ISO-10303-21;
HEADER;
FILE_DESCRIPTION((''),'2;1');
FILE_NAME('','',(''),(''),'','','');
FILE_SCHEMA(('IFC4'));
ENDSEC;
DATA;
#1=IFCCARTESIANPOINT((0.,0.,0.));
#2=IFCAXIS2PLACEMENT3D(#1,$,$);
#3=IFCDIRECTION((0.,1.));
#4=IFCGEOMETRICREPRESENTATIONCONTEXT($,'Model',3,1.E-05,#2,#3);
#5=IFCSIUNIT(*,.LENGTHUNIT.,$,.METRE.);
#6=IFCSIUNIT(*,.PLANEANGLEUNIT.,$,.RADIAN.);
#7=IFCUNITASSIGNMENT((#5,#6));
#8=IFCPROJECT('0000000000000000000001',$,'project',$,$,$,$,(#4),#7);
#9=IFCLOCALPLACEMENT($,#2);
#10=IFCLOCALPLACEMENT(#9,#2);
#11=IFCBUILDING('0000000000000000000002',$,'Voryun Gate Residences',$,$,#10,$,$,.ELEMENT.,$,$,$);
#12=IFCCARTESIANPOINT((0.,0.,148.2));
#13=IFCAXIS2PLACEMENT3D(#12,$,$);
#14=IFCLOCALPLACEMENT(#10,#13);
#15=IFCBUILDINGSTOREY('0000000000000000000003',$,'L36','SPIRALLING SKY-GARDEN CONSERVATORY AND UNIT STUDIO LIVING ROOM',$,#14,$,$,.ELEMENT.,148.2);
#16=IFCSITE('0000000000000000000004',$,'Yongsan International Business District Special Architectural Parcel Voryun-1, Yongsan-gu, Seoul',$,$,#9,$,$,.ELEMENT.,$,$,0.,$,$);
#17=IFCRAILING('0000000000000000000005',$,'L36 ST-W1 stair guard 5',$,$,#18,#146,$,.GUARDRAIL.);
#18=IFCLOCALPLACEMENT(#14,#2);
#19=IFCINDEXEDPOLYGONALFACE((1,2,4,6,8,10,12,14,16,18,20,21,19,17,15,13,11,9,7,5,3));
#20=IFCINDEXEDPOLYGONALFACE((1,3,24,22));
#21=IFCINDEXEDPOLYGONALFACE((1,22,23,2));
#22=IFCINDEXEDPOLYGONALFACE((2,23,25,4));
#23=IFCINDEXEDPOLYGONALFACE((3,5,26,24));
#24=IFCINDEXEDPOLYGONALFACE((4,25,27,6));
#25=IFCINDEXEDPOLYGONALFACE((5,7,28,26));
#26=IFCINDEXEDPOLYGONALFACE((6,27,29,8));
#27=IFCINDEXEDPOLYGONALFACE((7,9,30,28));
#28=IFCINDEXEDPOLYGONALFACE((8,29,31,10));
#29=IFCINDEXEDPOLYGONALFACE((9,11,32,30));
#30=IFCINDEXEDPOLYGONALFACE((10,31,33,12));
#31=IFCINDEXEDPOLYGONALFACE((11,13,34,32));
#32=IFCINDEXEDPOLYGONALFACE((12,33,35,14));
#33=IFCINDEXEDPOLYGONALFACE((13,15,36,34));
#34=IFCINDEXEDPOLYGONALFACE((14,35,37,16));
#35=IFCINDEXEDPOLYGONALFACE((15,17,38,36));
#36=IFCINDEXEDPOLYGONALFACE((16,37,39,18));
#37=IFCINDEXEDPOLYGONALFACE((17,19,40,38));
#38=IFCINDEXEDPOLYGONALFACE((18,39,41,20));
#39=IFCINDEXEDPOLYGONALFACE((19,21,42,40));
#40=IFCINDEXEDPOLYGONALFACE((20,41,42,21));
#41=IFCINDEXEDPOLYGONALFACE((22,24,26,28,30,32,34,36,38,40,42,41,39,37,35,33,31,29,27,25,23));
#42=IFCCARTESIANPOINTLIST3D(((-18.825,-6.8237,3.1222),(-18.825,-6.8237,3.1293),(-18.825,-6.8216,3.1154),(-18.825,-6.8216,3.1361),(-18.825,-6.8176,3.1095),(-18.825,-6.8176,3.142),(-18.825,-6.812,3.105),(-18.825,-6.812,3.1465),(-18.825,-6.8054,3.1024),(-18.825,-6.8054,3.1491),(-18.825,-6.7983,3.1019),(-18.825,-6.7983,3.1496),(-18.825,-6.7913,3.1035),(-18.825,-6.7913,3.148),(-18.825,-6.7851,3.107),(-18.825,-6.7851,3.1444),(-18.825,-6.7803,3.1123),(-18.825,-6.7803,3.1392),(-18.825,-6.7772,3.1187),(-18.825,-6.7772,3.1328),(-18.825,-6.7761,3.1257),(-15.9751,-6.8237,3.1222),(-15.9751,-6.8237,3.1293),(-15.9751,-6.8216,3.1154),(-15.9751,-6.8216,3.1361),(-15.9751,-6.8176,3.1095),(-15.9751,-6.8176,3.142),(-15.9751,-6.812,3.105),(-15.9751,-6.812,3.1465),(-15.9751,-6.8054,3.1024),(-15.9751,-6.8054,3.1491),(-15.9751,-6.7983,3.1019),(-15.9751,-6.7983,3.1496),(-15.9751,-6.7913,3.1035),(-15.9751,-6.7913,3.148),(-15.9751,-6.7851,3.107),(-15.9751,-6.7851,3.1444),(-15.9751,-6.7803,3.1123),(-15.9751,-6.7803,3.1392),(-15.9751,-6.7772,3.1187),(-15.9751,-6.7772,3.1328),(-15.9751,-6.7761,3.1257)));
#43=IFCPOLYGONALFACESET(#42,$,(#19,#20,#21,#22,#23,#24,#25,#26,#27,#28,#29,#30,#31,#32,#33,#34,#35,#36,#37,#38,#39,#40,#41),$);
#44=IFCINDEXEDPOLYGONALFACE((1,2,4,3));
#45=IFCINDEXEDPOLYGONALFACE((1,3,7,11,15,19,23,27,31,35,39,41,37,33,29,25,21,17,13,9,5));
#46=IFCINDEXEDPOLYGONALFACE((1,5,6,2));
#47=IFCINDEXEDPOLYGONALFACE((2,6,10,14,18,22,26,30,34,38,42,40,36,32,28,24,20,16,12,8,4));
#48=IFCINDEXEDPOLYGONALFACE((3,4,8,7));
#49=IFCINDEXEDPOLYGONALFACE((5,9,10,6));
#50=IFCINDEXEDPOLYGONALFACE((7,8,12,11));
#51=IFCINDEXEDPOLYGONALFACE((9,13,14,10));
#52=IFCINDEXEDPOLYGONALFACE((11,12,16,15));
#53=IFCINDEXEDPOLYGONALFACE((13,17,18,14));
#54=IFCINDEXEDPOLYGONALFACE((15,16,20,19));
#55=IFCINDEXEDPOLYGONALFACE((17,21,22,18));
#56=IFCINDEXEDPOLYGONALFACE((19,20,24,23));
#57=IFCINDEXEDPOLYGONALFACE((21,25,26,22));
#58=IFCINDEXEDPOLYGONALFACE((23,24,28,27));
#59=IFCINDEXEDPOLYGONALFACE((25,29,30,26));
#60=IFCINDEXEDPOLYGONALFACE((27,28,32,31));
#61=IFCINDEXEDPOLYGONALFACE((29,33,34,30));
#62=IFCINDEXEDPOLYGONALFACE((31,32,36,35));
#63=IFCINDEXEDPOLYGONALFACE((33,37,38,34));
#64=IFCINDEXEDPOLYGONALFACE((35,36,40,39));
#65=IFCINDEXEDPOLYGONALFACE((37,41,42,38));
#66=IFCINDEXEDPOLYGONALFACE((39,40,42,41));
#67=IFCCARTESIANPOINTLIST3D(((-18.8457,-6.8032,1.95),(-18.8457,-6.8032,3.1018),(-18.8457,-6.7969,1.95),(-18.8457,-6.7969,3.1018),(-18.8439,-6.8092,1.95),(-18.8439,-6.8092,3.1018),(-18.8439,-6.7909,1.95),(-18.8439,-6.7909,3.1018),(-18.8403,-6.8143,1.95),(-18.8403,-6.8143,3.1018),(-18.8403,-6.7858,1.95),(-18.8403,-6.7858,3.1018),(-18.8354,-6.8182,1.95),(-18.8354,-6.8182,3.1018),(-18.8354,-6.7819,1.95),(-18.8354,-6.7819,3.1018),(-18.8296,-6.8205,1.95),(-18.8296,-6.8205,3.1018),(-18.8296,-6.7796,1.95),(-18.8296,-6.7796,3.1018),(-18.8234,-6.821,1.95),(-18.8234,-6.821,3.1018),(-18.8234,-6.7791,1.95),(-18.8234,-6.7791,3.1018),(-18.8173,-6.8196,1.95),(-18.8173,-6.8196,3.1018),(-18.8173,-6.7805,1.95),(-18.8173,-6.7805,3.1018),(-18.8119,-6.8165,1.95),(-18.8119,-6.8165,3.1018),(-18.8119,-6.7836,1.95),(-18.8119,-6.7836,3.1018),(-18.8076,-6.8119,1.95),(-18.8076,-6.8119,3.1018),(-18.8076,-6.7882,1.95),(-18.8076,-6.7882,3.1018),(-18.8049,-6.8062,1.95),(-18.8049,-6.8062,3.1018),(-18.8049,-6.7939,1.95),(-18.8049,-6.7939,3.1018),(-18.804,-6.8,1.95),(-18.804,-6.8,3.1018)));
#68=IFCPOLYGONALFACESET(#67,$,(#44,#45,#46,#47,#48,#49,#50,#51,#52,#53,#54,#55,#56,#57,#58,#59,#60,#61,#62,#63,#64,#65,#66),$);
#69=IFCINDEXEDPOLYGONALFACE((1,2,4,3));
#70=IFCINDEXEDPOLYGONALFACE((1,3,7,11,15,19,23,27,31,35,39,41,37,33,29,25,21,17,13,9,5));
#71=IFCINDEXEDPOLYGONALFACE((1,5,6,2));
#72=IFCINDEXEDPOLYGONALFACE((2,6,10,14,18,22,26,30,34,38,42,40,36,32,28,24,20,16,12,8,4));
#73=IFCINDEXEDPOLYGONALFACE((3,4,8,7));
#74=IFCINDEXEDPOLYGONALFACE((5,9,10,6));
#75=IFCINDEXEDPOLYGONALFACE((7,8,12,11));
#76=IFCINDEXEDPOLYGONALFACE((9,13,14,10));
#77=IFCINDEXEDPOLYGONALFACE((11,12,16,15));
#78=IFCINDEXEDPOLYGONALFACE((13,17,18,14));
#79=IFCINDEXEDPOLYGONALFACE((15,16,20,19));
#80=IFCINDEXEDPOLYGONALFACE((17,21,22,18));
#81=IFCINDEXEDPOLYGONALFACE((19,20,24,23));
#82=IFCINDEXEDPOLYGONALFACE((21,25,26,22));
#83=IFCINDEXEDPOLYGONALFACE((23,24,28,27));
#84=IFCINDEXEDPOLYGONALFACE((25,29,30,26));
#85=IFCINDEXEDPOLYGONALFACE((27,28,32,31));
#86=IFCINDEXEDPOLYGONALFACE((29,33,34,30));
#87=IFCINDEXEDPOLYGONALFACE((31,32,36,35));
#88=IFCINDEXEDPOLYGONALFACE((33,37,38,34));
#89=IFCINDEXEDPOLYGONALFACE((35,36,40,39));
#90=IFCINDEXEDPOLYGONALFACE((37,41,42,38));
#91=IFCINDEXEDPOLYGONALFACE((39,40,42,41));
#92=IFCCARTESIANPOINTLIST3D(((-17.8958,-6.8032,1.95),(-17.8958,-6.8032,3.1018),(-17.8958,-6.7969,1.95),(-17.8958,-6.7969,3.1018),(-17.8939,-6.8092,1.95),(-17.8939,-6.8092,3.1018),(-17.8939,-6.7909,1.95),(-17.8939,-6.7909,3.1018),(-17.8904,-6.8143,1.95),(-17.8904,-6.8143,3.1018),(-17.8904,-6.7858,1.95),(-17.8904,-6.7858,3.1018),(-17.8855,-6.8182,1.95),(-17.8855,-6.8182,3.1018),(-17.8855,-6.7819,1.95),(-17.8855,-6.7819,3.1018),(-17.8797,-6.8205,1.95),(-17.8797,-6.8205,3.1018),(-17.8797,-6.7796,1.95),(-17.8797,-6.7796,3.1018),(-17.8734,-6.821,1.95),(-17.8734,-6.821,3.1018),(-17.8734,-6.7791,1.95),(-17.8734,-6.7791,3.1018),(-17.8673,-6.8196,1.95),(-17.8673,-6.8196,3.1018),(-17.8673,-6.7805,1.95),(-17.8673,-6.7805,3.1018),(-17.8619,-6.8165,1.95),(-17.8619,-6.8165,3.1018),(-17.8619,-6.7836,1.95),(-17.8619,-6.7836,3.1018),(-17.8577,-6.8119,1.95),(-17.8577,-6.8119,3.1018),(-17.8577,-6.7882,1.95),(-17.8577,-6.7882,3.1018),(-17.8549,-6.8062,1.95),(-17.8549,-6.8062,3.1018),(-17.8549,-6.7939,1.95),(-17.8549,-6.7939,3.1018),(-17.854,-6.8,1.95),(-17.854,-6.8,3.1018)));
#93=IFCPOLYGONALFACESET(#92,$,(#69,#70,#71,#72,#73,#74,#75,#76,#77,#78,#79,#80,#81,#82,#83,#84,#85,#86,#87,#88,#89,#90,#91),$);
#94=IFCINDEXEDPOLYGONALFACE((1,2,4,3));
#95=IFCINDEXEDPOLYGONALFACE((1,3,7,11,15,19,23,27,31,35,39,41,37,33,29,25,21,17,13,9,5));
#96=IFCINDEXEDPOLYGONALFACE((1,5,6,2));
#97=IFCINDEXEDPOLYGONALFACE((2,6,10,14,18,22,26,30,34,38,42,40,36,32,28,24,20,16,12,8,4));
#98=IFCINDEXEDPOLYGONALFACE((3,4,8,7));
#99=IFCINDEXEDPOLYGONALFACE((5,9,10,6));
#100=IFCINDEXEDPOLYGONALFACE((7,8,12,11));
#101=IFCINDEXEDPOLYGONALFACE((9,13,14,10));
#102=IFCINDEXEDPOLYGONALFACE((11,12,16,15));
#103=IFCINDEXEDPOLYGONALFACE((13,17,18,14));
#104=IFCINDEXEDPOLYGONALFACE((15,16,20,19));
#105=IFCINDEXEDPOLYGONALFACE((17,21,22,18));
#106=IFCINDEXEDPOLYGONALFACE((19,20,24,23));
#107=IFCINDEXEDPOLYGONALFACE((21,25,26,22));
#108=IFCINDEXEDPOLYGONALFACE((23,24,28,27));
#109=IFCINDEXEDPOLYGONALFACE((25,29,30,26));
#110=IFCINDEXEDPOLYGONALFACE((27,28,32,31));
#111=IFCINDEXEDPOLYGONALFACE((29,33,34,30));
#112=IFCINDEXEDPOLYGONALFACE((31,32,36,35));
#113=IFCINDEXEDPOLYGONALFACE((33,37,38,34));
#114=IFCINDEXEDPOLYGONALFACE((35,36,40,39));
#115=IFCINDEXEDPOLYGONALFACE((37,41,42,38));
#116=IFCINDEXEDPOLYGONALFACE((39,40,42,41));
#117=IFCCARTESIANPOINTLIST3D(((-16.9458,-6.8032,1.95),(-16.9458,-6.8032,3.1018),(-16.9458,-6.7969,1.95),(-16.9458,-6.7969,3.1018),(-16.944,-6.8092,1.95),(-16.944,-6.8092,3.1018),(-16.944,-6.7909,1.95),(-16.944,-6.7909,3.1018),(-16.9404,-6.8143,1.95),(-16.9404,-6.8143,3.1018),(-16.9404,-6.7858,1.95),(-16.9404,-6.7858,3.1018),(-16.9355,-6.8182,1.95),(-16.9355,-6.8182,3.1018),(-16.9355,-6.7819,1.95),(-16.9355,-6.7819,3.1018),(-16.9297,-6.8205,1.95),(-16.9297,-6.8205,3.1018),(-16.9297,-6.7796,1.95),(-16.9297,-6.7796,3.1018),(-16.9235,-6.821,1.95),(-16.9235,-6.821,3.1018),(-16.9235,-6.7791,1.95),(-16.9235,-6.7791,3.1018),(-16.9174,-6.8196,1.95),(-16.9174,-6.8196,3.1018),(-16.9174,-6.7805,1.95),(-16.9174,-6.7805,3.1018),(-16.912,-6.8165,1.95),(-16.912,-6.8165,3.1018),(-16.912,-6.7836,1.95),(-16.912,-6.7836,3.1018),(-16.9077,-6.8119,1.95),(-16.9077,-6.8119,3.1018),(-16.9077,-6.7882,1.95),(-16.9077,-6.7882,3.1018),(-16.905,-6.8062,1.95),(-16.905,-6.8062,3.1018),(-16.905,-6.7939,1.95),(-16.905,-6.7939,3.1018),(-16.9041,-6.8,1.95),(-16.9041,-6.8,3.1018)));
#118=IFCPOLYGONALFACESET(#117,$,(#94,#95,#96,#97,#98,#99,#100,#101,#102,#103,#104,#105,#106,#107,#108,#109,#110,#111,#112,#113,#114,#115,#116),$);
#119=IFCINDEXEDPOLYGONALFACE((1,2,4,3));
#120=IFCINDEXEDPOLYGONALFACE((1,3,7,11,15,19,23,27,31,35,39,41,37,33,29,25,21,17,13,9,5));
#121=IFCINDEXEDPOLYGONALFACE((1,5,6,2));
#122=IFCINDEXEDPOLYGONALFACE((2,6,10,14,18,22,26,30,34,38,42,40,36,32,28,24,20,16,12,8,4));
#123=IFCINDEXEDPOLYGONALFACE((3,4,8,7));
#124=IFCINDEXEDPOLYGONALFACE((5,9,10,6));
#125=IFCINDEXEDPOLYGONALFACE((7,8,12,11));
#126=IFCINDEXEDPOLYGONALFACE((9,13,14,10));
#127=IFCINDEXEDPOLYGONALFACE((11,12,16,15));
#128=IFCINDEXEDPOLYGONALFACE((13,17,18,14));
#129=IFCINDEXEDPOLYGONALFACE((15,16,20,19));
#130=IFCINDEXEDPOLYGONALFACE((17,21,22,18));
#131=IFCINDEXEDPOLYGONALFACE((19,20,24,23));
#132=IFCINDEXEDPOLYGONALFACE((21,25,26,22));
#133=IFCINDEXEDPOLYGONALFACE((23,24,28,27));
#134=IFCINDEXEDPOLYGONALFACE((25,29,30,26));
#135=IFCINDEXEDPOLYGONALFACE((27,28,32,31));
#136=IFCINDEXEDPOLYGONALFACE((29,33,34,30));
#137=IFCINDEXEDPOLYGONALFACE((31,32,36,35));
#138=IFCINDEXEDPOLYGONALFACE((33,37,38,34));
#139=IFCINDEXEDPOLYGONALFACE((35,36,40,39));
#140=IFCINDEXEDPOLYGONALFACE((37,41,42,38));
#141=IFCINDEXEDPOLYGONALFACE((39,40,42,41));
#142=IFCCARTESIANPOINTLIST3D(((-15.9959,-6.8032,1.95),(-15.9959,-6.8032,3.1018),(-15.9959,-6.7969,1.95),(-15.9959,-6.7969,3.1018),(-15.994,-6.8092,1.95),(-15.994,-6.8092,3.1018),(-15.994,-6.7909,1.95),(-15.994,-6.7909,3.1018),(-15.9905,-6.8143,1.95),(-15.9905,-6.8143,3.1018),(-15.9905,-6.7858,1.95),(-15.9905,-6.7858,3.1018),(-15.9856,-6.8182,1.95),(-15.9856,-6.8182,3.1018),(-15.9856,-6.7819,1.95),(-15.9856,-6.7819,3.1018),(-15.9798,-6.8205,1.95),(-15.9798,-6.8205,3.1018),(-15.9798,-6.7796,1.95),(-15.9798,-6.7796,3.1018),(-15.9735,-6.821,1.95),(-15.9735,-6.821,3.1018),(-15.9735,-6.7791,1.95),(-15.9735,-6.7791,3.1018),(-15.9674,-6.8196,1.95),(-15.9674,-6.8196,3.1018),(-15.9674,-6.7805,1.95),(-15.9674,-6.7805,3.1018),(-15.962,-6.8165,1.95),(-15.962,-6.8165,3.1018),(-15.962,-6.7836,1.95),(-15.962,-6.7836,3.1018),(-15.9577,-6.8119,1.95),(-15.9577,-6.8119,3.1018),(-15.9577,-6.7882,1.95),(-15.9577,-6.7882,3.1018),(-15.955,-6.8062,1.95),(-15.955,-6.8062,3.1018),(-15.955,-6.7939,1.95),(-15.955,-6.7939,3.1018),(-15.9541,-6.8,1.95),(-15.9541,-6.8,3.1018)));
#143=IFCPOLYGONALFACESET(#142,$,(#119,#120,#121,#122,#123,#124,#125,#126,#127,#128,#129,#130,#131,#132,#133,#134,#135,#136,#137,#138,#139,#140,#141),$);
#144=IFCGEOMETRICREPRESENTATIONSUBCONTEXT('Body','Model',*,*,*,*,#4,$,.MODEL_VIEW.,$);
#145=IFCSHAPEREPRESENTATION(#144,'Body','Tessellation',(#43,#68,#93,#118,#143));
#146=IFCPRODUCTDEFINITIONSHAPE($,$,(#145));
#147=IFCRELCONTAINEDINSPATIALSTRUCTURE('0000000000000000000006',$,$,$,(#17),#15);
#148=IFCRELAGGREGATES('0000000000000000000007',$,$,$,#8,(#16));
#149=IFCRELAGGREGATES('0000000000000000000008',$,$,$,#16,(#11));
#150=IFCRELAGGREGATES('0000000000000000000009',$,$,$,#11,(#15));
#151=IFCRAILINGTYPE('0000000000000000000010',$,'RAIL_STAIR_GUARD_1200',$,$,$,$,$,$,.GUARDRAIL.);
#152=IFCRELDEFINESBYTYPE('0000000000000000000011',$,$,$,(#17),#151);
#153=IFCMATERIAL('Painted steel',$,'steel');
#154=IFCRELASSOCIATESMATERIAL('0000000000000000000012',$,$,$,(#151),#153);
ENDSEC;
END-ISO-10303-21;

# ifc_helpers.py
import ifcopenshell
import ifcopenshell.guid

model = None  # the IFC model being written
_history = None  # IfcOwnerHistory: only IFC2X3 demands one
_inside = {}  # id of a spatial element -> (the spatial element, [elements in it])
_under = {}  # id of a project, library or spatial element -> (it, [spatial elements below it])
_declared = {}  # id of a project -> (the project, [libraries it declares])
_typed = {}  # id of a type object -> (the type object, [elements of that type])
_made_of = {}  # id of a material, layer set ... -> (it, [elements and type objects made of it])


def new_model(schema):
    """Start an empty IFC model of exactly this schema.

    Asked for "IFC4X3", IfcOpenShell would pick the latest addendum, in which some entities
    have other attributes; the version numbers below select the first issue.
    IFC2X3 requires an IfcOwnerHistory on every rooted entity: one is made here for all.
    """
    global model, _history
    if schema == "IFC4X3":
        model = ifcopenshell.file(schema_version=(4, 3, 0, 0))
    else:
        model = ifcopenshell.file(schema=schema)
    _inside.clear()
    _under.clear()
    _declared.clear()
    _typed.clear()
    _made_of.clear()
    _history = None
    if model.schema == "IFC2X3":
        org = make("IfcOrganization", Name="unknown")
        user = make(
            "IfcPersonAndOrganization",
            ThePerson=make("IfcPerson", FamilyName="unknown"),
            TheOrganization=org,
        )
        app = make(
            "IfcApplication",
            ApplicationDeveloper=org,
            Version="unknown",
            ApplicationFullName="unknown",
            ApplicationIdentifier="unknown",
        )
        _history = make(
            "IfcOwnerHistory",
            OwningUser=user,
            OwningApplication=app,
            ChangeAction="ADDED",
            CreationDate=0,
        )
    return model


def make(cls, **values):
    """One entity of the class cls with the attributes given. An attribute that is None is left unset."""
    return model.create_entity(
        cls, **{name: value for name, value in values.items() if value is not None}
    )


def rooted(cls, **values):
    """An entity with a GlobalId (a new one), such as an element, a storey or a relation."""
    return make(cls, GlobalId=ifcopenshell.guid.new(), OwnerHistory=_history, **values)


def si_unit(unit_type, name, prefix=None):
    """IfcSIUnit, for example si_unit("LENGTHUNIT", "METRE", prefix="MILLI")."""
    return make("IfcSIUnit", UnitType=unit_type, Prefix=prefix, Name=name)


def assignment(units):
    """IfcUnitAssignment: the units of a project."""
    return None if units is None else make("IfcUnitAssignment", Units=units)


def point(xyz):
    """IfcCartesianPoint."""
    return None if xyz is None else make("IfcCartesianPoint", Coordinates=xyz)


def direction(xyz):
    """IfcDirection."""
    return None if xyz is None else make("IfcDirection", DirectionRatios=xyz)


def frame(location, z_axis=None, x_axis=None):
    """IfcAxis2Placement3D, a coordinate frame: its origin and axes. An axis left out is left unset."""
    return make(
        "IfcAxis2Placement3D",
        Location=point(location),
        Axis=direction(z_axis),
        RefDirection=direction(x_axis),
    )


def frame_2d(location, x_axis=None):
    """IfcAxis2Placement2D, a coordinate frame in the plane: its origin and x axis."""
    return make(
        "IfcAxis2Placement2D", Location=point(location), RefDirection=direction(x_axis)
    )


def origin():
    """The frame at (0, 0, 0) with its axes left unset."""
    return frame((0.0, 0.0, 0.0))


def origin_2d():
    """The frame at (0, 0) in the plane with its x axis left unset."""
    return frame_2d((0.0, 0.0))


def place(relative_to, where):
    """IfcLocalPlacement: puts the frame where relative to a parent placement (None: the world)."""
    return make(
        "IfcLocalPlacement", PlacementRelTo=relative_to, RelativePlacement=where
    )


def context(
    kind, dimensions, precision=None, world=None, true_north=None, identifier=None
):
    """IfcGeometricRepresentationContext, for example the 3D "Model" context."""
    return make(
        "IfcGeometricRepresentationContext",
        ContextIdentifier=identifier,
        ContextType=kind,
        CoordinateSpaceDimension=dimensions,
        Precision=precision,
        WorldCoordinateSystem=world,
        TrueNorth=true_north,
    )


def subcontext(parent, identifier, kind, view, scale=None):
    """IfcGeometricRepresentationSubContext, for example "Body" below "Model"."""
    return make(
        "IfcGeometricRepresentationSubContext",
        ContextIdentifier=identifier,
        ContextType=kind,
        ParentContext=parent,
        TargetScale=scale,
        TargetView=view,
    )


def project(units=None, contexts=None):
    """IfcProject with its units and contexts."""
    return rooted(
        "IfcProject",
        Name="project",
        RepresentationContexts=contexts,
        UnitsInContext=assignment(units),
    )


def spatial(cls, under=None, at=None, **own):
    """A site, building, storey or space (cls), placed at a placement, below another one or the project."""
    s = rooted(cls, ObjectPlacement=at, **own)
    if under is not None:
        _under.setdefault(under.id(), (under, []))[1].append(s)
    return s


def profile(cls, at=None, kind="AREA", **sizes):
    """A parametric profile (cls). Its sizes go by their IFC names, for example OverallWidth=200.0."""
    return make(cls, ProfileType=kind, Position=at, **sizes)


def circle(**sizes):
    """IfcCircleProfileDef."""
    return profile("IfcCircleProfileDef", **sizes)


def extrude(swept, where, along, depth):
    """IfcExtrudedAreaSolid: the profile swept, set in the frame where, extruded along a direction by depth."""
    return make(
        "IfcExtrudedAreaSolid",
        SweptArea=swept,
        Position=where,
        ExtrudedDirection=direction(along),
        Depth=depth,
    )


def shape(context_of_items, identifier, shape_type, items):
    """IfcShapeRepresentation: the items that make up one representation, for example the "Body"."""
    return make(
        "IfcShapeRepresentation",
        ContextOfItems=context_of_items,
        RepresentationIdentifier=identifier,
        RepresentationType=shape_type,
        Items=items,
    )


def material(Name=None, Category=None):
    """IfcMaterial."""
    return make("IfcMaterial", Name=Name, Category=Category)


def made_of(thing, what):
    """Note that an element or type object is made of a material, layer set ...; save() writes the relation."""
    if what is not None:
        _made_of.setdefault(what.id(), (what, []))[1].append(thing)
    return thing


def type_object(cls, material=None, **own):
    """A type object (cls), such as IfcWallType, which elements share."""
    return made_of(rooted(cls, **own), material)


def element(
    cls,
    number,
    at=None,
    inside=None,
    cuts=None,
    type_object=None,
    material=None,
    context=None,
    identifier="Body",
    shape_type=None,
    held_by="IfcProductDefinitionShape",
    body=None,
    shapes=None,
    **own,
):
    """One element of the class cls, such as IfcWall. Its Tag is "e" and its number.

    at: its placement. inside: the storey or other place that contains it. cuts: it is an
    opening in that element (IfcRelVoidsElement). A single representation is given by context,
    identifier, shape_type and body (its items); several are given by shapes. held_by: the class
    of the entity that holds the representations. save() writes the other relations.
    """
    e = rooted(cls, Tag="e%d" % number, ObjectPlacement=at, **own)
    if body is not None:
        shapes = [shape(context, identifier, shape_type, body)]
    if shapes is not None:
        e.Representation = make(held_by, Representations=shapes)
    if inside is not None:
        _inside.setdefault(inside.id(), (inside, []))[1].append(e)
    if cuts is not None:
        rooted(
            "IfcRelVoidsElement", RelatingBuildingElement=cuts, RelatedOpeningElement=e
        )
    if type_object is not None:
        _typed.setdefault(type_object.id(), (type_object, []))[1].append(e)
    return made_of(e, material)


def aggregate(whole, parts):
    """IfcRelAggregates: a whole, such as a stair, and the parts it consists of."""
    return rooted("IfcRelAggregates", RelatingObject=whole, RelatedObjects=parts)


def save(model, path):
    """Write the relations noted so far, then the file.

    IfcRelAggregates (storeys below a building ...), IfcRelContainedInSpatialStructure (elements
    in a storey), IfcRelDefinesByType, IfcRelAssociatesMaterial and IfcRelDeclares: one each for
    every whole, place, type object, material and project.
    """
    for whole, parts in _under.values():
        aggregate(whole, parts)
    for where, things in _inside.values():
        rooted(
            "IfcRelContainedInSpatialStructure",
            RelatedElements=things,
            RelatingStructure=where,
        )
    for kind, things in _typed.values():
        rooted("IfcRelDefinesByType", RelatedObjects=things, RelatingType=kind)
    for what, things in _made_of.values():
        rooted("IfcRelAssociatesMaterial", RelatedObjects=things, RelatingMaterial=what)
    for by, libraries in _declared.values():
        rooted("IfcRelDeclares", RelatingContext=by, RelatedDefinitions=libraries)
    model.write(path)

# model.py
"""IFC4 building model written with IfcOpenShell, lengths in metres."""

from ifc_helpers import new_model, si_unit, direction, frame, origin, origin_2d, place, context, subcontext, project, spatial, circle, extrude, material, type_object, element, save


model = new_model("IFC4")

# Units and contexts
model_context = context("Model", 3, precision=1e-05, world=origin(), true_north=direction((0.0, 1.0)))
body_context = subcontext(model_context, "Body", "Model", "MODEL_VIEW")
ifc_project = project(units=[si_unit("LENGTHUNIT", "METRE"), si_unit("PLANEANGLEUNIT", "RADIAN")], contexts=[model_context])

# Site, building, storey
site_placement = place(None, origin())
site = spatial("IfcSite", under=ifc_project, at=site_placement, Name="Yongsan International Business District Special Architectural Parcel Voryun-1, Yongsan-gu, Seoul", CompositionType="ELEMENT", RefElevation=0.0)
building_placement = place(site_placement, origin())
building = spatial("IfcBuilding", under=site, at=building_placement, Name="Voryun Gate Residences", CompositionType="ELEMENT")
storey_placement = place(building_placement, frame((0.0, 0.0, 148.2)))
storey = spatial("IfcBuildingStorey", under=building, at=storey_placement, Name="L36", Description="SPIRALLING SKY-GARDEN CONSERVATORY AND UNIT STUDIO LIVING ROOM", CompositionType="ELEMENT", Elevation=148.2)

# Railing
ifc_material_1 = material(Name="Painted steel", Category="steel")
railing_type_1 = type_object("IfcRailingType", Name="RAIL_STAIR_GUARD_1200", PredefinedType="GUARDRAIL", material=ifc_material_1)
railing_1_placement = place(storey_placement, frame((-18.825, -6.8, 1.95)))
element("IfcRailing", 1, at=railing_1_placement, inside=storey, type_object=railing_type_1, Name="L36 ST-W1 stair guard 5", PredefinedType="GUARDRAIL", context=body_context, shape_type="SweptSolid", body=[
    extrude(circle(Radius=0.0239, at=origin_2d()), frame((0.0, 0.0, 1.1758), z_axis=(1.0, 0.0, 0.0), x_axis=(0.0, 1.0, 0.0)), (0.0, 0.0, 1.0), 2.8499),
    extrude(circle(Radius=0.021, at=origin_2d()), origin(), (0.0, 0.0, 1.0), 1.1519),
    extrude(circle(Radius=0.021, at=origin_2d()), frame((0.95, 0.0, 0.0)), (0.0, 0.0, 1.0), 1.1519),
    extrude(circle(Radius=0.021, at=origin_2d()), frame((1.8999, 0.0, 0.0)), (0.0, 0.0, 1.0), 1.1519),
    extrude(circle(Radius=0.021, at=origin_2d()), frame((2.8499, 0.0, 0.0)), (0.0, 0.0, 1.0), 1.1519),
])

save(model, "model.ifc")
